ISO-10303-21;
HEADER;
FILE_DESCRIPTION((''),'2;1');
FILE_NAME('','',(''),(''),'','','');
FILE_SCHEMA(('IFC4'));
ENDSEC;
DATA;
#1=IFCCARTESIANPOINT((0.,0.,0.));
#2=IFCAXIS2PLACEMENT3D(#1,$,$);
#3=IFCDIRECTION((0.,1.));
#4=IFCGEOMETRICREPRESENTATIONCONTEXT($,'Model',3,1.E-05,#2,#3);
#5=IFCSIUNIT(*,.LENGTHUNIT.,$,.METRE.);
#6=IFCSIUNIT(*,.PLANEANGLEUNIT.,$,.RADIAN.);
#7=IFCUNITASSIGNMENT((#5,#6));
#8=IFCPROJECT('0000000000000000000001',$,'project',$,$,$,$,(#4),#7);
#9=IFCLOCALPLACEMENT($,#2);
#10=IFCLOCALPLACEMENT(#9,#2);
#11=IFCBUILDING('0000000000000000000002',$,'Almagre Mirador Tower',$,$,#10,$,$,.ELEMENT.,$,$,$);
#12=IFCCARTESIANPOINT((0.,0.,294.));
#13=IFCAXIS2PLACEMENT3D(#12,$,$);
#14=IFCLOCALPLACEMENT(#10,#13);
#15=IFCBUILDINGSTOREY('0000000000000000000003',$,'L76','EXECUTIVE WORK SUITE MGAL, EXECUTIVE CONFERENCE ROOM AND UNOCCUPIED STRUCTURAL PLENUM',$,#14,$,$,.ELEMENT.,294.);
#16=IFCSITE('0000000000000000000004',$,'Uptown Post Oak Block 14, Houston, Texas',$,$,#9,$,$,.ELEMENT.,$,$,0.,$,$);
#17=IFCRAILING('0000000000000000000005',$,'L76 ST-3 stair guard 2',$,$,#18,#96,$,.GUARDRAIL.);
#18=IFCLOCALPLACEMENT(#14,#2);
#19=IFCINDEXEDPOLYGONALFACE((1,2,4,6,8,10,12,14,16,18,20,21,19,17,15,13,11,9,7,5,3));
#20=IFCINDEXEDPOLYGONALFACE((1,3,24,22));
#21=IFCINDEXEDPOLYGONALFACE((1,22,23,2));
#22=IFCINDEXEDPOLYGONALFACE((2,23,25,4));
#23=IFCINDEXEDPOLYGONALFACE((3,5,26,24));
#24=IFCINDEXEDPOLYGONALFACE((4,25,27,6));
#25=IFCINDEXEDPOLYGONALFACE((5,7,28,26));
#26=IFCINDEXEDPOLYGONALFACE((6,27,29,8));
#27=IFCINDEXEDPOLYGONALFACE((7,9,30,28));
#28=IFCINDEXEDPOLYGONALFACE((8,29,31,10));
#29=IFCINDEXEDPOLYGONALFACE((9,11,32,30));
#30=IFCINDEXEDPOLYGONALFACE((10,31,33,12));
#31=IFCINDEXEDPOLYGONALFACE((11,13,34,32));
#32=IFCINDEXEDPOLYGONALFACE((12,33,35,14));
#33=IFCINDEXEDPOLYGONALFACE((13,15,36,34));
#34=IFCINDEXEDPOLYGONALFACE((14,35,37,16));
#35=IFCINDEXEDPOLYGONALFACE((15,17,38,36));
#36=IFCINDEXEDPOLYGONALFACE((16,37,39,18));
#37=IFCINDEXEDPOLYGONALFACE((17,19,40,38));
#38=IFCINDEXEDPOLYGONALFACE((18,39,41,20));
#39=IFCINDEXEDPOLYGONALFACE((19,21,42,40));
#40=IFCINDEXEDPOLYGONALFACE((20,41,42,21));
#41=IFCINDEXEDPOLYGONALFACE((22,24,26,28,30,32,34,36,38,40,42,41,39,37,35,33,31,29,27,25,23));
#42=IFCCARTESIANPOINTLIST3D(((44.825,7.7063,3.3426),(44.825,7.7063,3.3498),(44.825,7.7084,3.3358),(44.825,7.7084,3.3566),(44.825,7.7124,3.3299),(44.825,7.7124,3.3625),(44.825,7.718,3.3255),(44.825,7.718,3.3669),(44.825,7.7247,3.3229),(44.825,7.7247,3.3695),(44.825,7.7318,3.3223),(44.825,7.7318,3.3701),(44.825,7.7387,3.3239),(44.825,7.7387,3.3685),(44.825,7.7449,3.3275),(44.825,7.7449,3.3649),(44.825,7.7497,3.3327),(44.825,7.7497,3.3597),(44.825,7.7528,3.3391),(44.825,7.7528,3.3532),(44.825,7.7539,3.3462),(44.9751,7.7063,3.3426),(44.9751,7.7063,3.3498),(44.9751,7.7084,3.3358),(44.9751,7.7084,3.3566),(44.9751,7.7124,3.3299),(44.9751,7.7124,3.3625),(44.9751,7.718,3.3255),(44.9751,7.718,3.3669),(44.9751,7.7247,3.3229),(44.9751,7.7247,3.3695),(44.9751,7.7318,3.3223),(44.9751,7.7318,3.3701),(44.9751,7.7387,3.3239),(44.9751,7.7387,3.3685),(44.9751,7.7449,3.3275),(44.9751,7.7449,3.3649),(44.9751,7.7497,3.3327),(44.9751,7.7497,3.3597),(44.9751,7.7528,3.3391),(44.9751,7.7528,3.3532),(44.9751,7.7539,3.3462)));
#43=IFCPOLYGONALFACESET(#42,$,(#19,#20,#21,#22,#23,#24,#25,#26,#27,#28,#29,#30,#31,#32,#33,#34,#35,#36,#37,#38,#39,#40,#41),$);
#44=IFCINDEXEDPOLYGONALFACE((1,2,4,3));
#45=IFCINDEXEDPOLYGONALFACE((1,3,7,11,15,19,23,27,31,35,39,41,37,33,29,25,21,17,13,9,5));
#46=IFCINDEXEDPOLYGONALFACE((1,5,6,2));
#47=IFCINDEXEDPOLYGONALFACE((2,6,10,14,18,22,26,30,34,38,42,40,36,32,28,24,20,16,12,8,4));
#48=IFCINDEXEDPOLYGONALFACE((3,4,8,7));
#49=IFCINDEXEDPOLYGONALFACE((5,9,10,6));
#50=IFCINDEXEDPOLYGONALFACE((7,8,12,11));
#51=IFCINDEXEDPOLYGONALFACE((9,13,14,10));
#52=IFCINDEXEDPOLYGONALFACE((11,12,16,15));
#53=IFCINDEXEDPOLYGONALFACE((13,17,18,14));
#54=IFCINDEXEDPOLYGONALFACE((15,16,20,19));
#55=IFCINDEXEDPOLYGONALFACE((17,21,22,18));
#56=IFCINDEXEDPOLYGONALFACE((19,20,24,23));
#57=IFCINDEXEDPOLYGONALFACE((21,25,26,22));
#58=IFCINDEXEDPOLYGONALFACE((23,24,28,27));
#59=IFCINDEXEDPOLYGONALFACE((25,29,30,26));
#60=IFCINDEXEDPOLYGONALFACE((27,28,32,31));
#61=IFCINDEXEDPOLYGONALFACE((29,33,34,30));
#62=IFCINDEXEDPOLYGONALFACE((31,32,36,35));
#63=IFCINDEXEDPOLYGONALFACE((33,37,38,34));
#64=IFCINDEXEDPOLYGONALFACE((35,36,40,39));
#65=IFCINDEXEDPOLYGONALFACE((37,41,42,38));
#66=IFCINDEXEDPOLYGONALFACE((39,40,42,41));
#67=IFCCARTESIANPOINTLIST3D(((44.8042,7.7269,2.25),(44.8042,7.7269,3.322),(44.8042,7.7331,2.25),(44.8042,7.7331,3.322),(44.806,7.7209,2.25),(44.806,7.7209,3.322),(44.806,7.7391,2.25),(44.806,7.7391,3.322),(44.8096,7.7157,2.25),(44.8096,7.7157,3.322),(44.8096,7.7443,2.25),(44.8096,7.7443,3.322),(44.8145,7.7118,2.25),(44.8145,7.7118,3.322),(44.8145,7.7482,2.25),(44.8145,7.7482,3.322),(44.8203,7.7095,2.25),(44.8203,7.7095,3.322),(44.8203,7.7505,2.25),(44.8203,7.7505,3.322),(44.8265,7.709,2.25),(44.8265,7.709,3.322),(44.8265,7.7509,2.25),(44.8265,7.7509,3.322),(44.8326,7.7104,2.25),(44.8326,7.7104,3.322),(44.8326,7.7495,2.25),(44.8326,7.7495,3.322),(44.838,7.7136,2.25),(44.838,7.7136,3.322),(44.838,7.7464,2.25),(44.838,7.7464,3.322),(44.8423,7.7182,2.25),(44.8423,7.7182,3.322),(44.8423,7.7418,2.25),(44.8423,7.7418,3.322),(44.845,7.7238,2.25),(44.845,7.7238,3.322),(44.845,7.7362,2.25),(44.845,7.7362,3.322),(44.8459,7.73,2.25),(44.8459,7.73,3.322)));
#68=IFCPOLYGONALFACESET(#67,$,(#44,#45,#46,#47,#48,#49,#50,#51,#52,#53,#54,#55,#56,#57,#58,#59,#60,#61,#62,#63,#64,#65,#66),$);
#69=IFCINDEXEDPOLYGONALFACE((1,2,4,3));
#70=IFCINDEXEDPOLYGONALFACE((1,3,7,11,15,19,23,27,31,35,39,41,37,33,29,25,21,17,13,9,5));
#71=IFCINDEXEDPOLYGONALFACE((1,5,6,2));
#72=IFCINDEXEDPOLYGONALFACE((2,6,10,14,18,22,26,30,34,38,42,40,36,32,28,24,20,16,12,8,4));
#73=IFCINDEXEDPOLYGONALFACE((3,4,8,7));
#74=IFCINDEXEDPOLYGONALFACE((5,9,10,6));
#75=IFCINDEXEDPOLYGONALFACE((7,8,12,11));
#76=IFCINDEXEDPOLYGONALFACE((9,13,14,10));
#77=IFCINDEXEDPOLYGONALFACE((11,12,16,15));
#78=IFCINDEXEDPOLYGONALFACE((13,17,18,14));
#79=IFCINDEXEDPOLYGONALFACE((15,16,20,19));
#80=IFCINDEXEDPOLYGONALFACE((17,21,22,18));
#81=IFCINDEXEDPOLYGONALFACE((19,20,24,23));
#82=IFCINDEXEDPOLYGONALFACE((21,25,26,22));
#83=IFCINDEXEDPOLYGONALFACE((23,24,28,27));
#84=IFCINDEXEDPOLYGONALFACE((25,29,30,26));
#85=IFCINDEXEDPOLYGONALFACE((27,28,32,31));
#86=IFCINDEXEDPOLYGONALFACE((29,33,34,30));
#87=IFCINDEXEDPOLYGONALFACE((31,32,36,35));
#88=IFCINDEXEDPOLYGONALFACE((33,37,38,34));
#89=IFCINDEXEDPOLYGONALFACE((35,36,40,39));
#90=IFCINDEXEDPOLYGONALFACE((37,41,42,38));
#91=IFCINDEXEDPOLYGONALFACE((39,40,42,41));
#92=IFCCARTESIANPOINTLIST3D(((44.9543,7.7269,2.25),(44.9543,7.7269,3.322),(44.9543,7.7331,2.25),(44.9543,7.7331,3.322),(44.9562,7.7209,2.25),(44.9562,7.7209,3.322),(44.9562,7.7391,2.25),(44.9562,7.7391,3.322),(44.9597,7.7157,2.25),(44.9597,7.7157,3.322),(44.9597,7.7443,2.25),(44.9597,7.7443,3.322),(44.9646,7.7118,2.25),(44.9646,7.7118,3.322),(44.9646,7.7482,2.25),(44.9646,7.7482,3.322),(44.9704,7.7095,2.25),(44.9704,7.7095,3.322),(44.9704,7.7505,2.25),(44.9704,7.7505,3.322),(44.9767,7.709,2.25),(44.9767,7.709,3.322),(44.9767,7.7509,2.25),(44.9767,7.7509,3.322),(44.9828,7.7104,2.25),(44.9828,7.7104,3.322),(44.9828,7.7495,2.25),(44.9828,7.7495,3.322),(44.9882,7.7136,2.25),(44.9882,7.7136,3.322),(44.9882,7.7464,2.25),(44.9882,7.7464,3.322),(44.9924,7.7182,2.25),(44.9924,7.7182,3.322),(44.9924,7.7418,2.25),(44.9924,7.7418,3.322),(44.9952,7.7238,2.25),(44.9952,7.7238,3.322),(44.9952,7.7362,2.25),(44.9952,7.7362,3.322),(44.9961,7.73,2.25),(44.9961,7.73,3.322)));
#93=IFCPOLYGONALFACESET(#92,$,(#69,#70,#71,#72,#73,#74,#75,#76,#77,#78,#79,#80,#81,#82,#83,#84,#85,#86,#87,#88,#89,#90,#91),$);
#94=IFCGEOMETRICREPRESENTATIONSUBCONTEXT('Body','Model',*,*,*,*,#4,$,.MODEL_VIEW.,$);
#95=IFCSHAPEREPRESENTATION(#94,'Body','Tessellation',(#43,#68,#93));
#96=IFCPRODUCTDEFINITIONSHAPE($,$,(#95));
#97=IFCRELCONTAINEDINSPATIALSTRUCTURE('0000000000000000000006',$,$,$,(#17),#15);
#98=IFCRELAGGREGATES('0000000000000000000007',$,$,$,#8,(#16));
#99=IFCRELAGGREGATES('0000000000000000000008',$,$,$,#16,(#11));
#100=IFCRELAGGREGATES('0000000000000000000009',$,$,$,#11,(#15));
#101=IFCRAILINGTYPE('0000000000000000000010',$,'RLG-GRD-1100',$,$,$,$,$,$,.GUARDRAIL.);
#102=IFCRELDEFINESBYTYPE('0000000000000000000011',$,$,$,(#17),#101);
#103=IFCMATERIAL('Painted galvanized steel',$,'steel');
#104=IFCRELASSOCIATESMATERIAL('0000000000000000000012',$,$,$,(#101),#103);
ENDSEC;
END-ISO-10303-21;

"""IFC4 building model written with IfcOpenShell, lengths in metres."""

from ifc_helpers import new_model, si_unit, direction, frame, origin, origin_2d, place, context, subcontext, project, spatial, circle, extrude, material, type_object, element, save


model = new_model("IFC4")

# Units and contexts
model_context = context("Model", 3, precision=1e-05, world=origin(), true_north=direction((0.0, 1.0)))
body_context = subcontext(model_context, "Body", "Model", "MODEL_VIEW")
ifc_project = project(units=[si_unit("LENGTHUNIT", "METRE"), si_unit("PLANEANGLEUNIT", "RADIAN")], contexts=[model_context])

# Site, building, storey
site_placement = place(None, origin())
site = spatial("IfcSite", under=ifc_project, at=site_placement, Name="Uptown Post Oak Block 14, Houston, Texas", CompositionType="ELEMENT", RefElevation=0.0)
building_placement = place(site_placement, origin())
building = spatial("IfcBuilding", under=site, at=building_placement, Name="Almagre Mirador Tower", CompositionType="ELEMENT")
storey_placement = place(building_placement, frame((0.0, 0.0, 294.0)))
storey = spatial("IfcBuildingStorey", under=building, at=storey_placement, Name="L76", Description="EXECUTIVE WORK SUITE MGAL, EXECUTIVE CONFERENCE ROOM AND UNOCCUPIED STRUCTURAL PLENUM", CompositionType="ELEMENT", Elevation=294.0)

# Railing
ifc_material_1 = material(Name="Painted galvanized steel", Category="steel")
railing_type_1 = type_object("IfcRailingType", Name="RLG-GRD-1100", PredefinedType="GUARDRAIL", material=ifc_material_1)
railing_1_placement = place(storey_placement, frame((44.825, 7.73, 2.25)))
element("IfcRailing", 1, at=railing_1_placement, inside=storey, type_object=railing_type_1, Name="L76 ST-3 stair guard 2", PredefinedType="GUARDRAIL", context=body_context, shape_type="SweptSolid", body=[
    extrude(circle(Radius=0.0239, at=origin_2d()), frame((0.0, 0.0, 1.0962), z_axis=(1.0, 0.0, 0.0), x_axis=(0.0, 1.0, 0.0)), (0.0, 0.0, 1.0), 0.1501),
    extrude(circle(Radius=0.021, at=origin_2d()), origin(), (0.0, 0.0, 1.0), 1.072),
    extrude(circle(Radius=0.021, at=origin_2d()), frame((0.1501, 0.0, 0.0)), (0.0, 0.0, 1.0), 1.072),
])

save(model, "model.ifc")
